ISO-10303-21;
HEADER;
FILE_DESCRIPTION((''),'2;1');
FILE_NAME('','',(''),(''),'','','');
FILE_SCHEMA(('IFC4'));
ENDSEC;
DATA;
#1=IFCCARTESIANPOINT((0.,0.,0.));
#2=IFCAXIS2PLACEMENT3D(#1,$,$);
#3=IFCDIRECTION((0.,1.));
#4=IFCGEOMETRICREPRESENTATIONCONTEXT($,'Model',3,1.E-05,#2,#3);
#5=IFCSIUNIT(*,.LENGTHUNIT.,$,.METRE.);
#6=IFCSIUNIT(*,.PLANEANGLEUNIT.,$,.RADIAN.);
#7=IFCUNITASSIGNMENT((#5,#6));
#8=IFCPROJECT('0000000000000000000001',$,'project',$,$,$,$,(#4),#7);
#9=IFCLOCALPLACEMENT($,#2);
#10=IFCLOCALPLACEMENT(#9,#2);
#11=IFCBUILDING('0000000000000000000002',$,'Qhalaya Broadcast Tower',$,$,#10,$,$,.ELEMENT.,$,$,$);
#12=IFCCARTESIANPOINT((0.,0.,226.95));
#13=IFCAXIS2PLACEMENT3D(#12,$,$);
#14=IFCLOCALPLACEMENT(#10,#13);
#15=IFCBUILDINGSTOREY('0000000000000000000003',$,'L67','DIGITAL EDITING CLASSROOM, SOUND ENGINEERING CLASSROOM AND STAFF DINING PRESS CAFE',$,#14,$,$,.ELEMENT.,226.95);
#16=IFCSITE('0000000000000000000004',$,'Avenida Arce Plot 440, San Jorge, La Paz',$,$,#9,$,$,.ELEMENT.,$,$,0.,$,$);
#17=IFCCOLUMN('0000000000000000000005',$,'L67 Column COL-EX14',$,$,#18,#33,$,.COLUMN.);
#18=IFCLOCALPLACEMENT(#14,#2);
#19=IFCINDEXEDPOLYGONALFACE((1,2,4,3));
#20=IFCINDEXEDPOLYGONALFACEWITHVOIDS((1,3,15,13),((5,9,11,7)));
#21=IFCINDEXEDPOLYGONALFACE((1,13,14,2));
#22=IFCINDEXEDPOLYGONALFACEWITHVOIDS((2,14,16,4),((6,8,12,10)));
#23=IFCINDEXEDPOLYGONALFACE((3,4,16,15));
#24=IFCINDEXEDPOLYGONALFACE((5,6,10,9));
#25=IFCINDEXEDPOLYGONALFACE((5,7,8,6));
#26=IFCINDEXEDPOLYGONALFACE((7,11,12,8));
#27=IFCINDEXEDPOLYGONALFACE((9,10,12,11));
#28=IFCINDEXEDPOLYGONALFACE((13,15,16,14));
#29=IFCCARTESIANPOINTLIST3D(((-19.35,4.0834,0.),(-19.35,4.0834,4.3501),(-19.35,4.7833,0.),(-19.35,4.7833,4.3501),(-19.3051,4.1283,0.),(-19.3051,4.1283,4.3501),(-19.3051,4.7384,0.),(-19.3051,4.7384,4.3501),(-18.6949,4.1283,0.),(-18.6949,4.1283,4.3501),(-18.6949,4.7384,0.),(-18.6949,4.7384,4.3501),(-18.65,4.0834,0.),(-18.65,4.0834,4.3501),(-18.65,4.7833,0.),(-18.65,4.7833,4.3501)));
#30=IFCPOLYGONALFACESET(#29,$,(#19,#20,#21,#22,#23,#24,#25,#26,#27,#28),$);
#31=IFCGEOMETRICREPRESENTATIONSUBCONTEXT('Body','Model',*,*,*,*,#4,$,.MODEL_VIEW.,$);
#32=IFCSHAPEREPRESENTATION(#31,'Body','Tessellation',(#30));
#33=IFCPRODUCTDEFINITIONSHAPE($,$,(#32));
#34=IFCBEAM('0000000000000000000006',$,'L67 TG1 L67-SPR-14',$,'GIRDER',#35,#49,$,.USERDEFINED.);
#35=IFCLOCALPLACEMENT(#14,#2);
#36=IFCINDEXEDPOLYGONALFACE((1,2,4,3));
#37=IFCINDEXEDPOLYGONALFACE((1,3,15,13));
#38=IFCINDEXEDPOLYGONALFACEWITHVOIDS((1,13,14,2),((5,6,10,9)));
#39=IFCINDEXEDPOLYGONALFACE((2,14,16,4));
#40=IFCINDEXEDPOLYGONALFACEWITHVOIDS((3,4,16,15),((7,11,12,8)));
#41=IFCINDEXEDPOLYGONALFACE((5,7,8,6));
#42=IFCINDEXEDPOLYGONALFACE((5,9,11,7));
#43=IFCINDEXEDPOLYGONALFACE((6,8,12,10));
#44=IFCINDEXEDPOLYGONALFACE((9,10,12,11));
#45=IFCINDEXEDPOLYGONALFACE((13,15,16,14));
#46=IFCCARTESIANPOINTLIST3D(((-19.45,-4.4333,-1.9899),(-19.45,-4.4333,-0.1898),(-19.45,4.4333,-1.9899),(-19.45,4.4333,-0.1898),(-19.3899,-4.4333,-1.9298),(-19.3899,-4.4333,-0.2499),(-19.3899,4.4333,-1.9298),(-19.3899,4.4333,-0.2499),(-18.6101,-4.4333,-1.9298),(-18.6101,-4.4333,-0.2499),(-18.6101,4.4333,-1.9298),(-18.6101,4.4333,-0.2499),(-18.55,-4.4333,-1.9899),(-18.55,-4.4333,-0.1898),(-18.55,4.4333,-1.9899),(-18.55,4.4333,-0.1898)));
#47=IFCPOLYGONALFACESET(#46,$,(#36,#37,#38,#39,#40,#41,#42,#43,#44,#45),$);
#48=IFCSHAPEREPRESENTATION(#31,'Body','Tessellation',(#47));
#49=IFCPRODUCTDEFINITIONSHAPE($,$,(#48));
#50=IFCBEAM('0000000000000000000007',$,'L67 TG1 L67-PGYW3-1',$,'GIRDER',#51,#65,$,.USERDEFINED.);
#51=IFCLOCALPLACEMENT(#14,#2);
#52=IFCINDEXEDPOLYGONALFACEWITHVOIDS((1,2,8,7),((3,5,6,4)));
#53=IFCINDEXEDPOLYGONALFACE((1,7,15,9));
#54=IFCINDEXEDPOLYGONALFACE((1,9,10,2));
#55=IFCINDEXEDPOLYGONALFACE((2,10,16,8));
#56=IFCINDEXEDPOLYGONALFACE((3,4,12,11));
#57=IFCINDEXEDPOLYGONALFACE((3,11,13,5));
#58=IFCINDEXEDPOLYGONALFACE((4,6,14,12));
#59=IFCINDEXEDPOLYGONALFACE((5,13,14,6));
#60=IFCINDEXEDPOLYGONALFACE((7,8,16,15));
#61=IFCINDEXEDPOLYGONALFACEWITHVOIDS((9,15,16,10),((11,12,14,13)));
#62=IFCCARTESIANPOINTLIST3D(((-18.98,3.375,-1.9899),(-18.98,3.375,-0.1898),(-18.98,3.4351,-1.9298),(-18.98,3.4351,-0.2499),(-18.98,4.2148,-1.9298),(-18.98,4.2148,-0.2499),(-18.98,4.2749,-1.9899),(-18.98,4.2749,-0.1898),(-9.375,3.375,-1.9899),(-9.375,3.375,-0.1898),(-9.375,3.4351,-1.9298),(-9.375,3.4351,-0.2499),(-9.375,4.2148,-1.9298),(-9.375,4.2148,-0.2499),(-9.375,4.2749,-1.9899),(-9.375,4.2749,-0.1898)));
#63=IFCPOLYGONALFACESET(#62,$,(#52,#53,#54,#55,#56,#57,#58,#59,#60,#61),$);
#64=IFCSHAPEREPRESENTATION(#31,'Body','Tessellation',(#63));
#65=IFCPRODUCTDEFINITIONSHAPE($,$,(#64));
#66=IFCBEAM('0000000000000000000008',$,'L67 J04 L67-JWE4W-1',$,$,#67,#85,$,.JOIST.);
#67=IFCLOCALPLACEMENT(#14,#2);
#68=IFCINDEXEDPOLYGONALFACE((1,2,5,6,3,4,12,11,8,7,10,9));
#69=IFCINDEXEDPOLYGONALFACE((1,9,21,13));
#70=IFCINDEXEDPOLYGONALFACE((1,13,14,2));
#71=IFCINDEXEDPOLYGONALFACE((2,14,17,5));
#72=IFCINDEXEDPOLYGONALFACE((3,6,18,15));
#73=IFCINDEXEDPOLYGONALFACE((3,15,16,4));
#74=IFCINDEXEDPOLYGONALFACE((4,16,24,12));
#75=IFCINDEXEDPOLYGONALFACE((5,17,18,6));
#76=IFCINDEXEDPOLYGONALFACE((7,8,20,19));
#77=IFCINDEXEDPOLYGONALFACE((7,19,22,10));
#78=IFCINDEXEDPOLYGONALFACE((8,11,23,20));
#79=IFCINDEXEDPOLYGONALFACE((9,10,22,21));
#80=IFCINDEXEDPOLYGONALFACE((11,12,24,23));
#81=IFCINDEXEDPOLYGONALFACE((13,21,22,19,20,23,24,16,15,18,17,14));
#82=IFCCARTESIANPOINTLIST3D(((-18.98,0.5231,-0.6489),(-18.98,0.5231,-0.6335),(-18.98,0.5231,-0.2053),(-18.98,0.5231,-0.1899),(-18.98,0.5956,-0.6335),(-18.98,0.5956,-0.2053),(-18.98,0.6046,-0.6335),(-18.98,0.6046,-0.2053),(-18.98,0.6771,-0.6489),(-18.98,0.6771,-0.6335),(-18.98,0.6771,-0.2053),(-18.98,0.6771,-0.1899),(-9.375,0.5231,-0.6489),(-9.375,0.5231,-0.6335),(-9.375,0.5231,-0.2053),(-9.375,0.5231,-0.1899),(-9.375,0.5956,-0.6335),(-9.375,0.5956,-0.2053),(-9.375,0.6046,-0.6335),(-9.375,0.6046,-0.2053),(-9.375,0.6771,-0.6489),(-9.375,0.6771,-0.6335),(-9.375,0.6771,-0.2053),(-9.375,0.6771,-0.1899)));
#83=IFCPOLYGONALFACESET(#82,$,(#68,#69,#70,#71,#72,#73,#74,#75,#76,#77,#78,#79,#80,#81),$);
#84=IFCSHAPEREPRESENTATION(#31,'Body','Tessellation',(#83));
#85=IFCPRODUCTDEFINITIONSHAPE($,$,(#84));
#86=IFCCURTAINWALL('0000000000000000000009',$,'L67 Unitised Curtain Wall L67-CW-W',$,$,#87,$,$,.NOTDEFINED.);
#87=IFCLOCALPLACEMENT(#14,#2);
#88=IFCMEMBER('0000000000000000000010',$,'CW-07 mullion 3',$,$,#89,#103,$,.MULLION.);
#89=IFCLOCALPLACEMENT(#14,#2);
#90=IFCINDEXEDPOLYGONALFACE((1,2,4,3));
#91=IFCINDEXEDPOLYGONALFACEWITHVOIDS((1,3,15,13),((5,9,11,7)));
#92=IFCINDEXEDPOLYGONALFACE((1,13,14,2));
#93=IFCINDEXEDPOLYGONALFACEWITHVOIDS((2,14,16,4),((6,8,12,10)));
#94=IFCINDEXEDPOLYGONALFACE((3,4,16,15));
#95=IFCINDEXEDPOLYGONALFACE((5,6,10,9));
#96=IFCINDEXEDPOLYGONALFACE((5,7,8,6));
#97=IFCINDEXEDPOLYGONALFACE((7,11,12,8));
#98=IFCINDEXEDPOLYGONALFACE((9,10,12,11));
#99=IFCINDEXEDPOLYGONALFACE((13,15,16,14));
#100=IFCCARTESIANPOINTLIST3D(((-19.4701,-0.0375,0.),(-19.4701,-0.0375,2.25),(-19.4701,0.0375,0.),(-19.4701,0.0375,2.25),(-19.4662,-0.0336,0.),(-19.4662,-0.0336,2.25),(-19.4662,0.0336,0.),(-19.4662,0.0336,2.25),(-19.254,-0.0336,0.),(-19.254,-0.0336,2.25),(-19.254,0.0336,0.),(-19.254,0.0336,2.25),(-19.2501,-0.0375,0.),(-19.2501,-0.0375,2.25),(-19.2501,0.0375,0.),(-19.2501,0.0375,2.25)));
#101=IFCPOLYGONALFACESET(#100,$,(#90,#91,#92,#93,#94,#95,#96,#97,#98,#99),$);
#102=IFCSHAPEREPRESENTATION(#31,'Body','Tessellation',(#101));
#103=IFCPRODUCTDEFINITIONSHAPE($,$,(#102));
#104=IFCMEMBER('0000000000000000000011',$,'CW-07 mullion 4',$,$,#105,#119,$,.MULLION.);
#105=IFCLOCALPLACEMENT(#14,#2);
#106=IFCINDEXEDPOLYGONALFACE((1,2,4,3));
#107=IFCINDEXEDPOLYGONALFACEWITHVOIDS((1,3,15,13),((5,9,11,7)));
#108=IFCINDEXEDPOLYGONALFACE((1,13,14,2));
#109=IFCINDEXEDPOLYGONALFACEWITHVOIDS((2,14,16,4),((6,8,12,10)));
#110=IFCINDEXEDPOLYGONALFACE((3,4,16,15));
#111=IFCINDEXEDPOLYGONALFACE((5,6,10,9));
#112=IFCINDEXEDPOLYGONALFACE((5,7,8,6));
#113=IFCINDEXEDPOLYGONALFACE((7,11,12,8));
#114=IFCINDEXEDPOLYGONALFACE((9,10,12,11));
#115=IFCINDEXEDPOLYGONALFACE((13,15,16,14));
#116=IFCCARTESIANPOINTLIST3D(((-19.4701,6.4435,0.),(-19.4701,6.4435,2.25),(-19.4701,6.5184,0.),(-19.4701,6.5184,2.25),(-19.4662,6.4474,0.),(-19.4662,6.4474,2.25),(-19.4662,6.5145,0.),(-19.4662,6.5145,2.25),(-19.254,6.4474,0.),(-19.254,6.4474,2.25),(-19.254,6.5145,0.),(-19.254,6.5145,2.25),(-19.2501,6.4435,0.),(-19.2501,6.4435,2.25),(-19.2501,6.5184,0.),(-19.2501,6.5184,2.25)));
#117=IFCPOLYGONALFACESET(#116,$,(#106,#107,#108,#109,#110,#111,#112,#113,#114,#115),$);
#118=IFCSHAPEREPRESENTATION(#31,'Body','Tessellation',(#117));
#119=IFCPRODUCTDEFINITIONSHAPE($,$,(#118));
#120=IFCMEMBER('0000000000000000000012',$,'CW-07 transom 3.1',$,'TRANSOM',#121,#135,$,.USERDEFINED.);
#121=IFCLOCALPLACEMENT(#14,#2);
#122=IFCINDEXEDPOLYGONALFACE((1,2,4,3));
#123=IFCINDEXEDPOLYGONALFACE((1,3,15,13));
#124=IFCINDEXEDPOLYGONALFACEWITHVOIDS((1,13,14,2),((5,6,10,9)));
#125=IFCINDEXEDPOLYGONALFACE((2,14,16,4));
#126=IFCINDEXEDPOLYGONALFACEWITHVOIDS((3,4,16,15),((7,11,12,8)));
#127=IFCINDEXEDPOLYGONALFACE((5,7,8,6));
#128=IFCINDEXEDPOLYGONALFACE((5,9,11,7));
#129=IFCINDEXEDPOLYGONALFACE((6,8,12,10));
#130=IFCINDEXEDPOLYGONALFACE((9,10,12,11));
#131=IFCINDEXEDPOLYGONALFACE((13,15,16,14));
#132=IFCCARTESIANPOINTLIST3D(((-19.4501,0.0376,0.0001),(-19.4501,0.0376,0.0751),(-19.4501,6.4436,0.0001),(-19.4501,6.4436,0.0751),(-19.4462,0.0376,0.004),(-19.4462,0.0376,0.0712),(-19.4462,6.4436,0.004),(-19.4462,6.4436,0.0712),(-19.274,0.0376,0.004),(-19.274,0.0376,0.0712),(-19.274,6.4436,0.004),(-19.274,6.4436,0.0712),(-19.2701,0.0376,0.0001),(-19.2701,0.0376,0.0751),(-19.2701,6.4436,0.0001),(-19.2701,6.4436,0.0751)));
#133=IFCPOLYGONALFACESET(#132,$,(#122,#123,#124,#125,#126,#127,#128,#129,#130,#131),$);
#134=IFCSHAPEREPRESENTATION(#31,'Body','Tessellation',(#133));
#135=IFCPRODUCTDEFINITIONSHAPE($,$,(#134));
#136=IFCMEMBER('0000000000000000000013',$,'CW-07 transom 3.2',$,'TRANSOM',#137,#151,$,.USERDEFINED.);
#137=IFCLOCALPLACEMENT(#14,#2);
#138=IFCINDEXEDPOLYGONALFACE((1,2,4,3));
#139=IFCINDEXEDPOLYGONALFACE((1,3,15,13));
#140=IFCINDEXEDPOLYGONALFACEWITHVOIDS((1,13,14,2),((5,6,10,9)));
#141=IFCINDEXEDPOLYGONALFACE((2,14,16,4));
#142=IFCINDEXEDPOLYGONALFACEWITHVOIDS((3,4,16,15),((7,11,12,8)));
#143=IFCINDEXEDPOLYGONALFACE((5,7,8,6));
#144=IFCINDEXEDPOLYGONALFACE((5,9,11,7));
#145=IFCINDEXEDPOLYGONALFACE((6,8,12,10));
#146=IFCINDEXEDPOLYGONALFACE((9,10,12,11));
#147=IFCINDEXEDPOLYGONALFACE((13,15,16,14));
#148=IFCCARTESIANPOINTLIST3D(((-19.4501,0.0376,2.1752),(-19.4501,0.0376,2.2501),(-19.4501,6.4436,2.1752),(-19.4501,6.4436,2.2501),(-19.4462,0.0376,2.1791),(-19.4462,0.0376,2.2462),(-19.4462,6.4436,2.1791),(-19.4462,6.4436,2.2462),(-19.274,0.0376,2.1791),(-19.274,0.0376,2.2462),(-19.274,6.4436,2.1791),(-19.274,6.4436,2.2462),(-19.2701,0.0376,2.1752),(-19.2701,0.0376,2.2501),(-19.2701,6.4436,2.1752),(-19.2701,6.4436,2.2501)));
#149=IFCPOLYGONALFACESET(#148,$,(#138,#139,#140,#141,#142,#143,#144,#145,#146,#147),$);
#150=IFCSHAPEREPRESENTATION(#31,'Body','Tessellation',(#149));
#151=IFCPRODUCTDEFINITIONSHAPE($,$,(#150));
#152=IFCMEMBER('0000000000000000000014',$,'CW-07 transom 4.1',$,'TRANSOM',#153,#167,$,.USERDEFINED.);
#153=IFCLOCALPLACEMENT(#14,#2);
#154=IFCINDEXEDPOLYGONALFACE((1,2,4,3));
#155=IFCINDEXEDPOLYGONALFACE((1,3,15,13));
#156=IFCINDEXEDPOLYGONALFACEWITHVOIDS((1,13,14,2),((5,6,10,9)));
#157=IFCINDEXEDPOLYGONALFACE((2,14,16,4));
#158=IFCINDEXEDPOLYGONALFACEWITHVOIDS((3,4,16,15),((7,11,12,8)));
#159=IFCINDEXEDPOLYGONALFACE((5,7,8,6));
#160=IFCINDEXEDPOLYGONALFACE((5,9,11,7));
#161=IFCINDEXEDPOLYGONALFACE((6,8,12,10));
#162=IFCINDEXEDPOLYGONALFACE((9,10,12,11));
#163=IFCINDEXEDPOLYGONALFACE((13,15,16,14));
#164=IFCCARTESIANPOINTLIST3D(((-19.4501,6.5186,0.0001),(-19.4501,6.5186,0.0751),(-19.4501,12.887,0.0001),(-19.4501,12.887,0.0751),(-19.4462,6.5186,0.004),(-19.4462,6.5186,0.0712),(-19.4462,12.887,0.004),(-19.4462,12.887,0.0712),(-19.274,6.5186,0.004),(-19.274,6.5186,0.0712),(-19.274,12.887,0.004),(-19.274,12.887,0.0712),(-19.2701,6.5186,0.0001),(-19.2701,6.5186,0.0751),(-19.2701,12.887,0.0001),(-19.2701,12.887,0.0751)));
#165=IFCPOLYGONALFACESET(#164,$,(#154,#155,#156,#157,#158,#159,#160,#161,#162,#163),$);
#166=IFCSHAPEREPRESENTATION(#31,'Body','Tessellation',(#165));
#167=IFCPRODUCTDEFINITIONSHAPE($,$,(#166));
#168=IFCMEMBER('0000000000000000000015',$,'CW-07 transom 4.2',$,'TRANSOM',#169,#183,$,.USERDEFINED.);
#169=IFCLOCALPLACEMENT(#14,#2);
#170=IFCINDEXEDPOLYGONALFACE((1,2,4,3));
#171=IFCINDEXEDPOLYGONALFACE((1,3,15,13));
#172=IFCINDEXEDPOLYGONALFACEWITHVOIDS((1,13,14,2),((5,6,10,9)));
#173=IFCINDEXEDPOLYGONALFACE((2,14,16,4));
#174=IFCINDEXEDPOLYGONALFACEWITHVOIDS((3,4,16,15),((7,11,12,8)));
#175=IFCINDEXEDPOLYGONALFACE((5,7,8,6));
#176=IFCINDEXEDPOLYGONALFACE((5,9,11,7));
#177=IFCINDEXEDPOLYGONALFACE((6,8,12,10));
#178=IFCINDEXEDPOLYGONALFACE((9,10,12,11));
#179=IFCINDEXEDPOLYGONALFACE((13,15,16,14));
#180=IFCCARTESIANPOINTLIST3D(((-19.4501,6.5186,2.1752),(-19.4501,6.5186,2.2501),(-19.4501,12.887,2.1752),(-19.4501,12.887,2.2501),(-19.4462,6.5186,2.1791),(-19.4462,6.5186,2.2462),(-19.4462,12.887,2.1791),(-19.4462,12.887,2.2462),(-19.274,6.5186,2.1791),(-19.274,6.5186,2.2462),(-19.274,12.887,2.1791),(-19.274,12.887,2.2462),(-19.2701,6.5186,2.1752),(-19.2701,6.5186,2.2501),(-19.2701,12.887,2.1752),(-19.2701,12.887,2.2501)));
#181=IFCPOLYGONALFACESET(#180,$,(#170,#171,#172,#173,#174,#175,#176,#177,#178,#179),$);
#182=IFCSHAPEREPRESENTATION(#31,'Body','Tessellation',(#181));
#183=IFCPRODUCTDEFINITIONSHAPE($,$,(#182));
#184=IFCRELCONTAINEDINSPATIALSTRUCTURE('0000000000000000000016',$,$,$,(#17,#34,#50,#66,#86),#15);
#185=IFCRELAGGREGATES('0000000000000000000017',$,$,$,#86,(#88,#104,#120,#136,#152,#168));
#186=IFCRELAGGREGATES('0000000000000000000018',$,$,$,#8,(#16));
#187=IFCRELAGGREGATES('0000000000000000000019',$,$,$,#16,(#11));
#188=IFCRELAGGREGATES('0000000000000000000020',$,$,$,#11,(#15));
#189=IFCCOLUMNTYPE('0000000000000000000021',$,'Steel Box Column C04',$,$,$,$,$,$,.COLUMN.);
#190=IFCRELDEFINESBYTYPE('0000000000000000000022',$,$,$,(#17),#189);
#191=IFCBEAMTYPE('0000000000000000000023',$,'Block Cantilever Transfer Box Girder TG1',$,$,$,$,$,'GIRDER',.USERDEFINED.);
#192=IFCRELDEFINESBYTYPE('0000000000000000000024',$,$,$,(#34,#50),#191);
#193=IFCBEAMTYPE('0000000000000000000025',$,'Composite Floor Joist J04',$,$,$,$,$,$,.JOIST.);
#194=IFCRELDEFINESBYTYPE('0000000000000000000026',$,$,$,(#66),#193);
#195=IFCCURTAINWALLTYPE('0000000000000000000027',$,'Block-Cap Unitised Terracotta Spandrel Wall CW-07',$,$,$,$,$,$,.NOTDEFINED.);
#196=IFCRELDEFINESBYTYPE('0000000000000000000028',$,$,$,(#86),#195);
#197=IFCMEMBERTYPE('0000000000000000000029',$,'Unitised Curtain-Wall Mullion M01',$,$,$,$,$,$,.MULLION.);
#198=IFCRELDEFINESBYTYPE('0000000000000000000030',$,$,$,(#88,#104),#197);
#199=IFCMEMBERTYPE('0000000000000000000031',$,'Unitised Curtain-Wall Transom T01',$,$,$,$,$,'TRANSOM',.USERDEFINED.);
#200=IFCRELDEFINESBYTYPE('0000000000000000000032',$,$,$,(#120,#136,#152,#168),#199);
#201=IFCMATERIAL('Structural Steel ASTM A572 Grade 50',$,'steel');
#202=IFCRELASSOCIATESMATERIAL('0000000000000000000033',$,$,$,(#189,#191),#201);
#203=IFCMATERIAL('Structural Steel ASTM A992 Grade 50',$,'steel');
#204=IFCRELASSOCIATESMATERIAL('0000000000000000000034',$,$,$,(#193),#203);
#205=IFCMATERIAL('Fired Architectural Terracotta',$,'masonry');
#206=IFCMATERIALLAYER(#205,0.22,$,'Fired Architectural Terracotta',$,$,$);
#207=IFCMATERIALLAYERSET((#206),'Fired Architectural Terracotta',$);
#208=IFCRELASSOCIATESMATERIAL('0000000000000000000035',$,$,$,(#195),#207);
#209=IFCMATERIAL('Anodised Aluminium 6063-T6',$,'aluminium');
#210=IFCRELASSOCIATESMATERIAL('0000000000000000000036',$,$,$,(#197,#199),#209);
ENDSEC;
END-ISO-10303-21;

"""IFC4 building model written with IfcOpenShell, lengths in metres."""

from ifc_helpers import new_model, si_unit, direction, frame, origin, origin_2d, place, context, subcontext, project, spatial, hollow_rectangle, i_section, extrude, material, layer, layer_set, material_profile, profile_set, type_object, element, aggregate, save


model = new_model("IFC4")

# Units and contexts
model_context = context("Model", 3, precision=1e-05, world=origin(), true_north=direction((0.0, 1.0)))
body_context = subcontext(model_context, "Body", "Model", "MODEL_VIEW")
ifc_project = project(units=[si_unit("LENGTHUNIT", "METRE"), si_unit("PLANEANGLEUNIT", "RADIAN")], contexts=[model_context])

# Site, building, storey
site_placement = place(None, origin())
site = spatial("IfcSite", under=ifc_project, at=site_placement, Name="Avenida Arce Plot 440, San Jorge, La Paz", CompositionType="ELEMENT", RefElevation=0.0)
building_placement = place(site_placement, origin())
building = spatial("IfcBuilding", under=site, at=building_placement, Name="Qhalaya Broadcast Tower", CompositionType="ELEMENT")
storey_placement = place(building_placement, frame((0.0, 0.0, 226.95)))
storey = spatial("IfcBuildingStorey", under=building, at=storey_placement, Name="L67", Description="DIGITAL EDITING CLASSROOM, SOUND ENGINEERING CLASSROOM AND STAFF DINING PRESS CAFE", CompositionType="ELEMENT", Elevation=226.95)

# Column
ifc_material_1 = material(Name="Structural Steel ASTM A572 Grade 50", Category="steel")
ifc_material_profile_1 = material_profile(ifc_material_1, hollow_rectangle(XDim=0.7, YDim=0.7, WallThickness=0.0449, at=origin_2d()), Name="BOX 700x700x45")
ifc_profile_set_1 = profile_set([ifc_material_profile_1], Name="Structural Steel ASTM A572 Grade 50")
column_type = type_object("IfcColumnType", Name="Steel Box Column C04", PredefinedType="COLUMN", material=ifc_profile_set_1)
column_placement = place(storey_placement, frame((-19.0, 4.4333, 0.0), z_axis=(0.0, 0.0, 1.0), x_axis=(0.0, 1.0, 0.0)))
element("IfcColumn", 1, at=column_placement, inside=storey, type_object=column_type, Name="L67 Column COL-EX14", PredefinedType="COLUMN", context=body_context, shape_type="SweptSolid", body=[
    extrude(hollow_rectangle(XDim=0.7, YDim=0.7, WallThickness=0.0449, at=origin_2d()), origin(), (0.0, 0.0, 1.0), 4.3501),
])

# Beams
ifc_material_profile_2 = material_profile(ifc_material_1, hollow_rectangle(XDim=0.8999, YDim=1.8, WallThickness=0.0601, at=origin_2d()), Name="BOX 900x1800x60")
ifc_profile_set_2 = profile_set([ifc_material_profile_2], Name="Structural Steel ASTM A572 Grade 50")
beam_type_1 = type_object("IfcBeamType", Name="Block Cantilever Transfer Box Girder TG1", ElementType="GIRDER", PredefinedType="USERDEFINED", material=ifc_profile_set_2)
beam_1_placement = place(storey_placement, frame((-19.0, 4.4333, -1.0898), z_axis=(0.0, -1.0, 0.0), x_axis=(1.0, 0.0, 0.0)))
element("IfcBeam", 2, at=beam_1_placement, inside=storey, type_object=beam_type_1, Name="L67 TG1 L67-SPR-14", ObjectType="GIRDER", PredefinedType="USERDEFINED", context=body_context, shape_type="SweptSolid", body=[
    extrude(hollow_rectangle(XDim=0.8999, YDim=1.8, WallThickness=0.0601, at=origin_2d()), origin(), (0.0, 0.0, 1.0), 8.8667),
])
beam_2_placement = place(storey_placement, frame((-18.98, 3.825, -1.0898), z_axis=(1.0, 0.0, 0.0), x_axis=(0.0, 1.0, 0.0)))
element("IfcBeam", 3, at=beam_2_placement, inside=storey, type_object=beam_type_1, Name="L67 TG1 L67-PGYW3-1", ObjectType="GIRDER", PredefinedType="USERDEFINED", context=body_context, shape_type="SweptSolid", body=[
    extrude(hollow_rectangle(XDim=0.8999, YDim=1.8, WallThickness=0.0601, at=origin_2d()), origin(), (0.0, 0.0, 1.0), 9.605),
])
ifc_material_2 = material(Name="Structural Steel ASTM A992 Grade 50", Category="steel")
ifc_material_profile_3 = material_profile(ifc_material_2, i_section(OverallWidth=0.1541, OverallDepth=0.459, WebThickness=0.009, FlangeThickness=0.0154, at=origin_2d()), Name="W18X46")
ifc_profile_set_3 = profile_set([ifc_material_profile_3], Name="Structural Steel ASTM A992 Grade 50")
beam_type_2 = type_object("IfcBeamType", Name="Composite Floor Joist J04", PredefinedType="JOIST", material=ifc_profile_set_3)
beam_3_placement = place(storey_placement, frame((-18.98, 0.6001, -0.4194), z_axis=(1.0, 0.0, 0.0), x_axis=(0.0, 1.0, 0.0)))
element("IfcBeam", 4, at=beam_3_placement, inside=storey, type_object=beam_type_2, Name="L67 J04 L67-JWE4W-1", PredefinedType="JOIST", context=body_context, shape_type="SweptSolid", body=[
    extrude(i_section(OverallWidth=0.1541, OverallDepth=0.459, WebThickness=0.009, FlangeThickness=0.0154, at=origin_2d()), origin(), (0.0, 0.0, 1.0), 9.605),
])

# Curtain wall, members
ifc_material_3 = material(Name="Fired Architectural Terracotta", Category="masonry")
ifc_layer_1 = layer(ifc_material_3, 0.22, Name="Fired Architectural Terracotta")
ifc_layer_set_1 = layer_set([ifc_layer_1], Name="Fired Architectural Terracotta")
curtain_wall_type = type_object("IfcCurtainWallType", Name="Block-Cap Unitised Terracotta Spandrel Wall CW-07", PredefinedType="NOTDEFINED", material=ifc_layer_set_1)
curtain_wall_placement = place(storey_placement, origin())
curtain_wall = element("IfcCurtainWall", 5, at=curtain_wall_placement, inside=storey, type_object=curtain_wall_type, Name="L67 Unitised Curtain Wall L67-CW-W", PredefinedType="NOTDEFINED")
ifc_material_4 = material(Name="Anodised Aluminium 6063-T6", Category="aluminium")
ifc_material_profile_4 = material_profile(ifc_material_4, hollow_rectangle(XDim=0.075, YDim=0.22, WallThickness=0.0039, at=origin_2d()), Name="ALU-MUL 75x220x4")
ifc_profile_set_4 = profile_set([ifc_material_profile_4], Name="Anodised Aluminium 6063-T6")
member_type_1 = type_object("IfcMemberType", Name="Unitised Curtain-Wall Mullion M01", PredefinedType="MULLION", material=ifc_profile_set_4)
member_1_placement = place(storey_placement, frame((-19.3601, 0.0, 0.0), z_axis=(0.0, 0.0, 1.0), x_axis=(0.0, 1.0, 0.0)))
member_1 = element("IfcMember", 6, at=member_1_placement, type_object=member_type_1, Name="CW-07 mullion 3", PredefinedType="MULLION", context=body_context, shape_type="SweptSolid", body=[
    extrude(hollow_rectangle(XDim=0.075, YDim=0.22, WallThickness=0.0039, at=origin_2d()), origin(), (0.0, 0.0, 1.0), 2.25),
])
member_2_placement = place(storey_placement, frame((-19.3601, 6.481, 0.0), z_axis=(0.0, 0.0, 1.0), x_axis=(0.0, 1.0, 0.0)))
member_2 = element("IfcMember", 7, at=member_2_placement, type_object=member_type_1, Name="CW-07 mullion 4", PredefinedType="MULLION", context=body_context, shape_type="SweptSolid", body=[
    extrude(hollow_rectangle(XDim=0.075, YDim=0.22, WallThickness=0.0039, at=origin_2d()), origin(), (0.0, 0.0, 1.0), 2.25),
])
ifc_material_profile_5 = material_profile(ifc_material_4, hollow_rectangle(XDim=0.075, YDim=0.1799, WallThickness=0.0039, at=origin_2d()), Name="ALU-TRN 75x180x4")
ifc_profile_set_5 = profile_set([ifc_material_profile_5], Name="Anodised Aluminium 6063-T6")
member_type_2 = type_object("IfcMemberType", Name="Unitised Curtain-Wall Transom T01", ElementType="TRANSOM", PredefinedType="USERDEFINED", material=ifc_profile_set_5)
member_3_placement = place(storey_placement, frame((-19.3601, 0.0376, 0.0376), z_axis=(0.0, 1.0, 0.0), x_axis=(0.0, 0.0, 1.0)))
member_3 = element("IfcMember", 8, at=member_3_placement, type_object=member_type_2, Name="CW-07 transom 3.1", ObjectType="TRANSOM", PredefinedType="USERDEFINED", context=body_context, shape_type="SweptSolid", body=[
    extrude(hollow_rectangle(XDim=0.075, YDim=0.1799, WallThickness=0.0039, at=origin_2d()), origin(), (0.0, 0.0, 1.0), 6.406),
])
member_4_placement = place(storey_placement, frame((-19.3601, 0.0376, 2.2126), z_axis=(0.0, 1.0, 0.0), x_axis=(0.0, 0.0, 1.0)))
member_4 = element("IfcMember", 9, at=member_4_placement, type_object=member_type_2, Name="CW-07 transom 3.2", ObjectType="TRANSOM", PredefinedType="USERDEFINED", context=body_context, shape_type="SweptSolid", body=[
    extrude(hollow_rectangle(XDim=0.075, YDim=0.1799, WallThickness=0.0039, at=origin_2d()), origin(), (0.0, 0.0, 1.0), 6.406),
])
member_5_placement = place(storey_placement, frame((-19.3601, 6.5186, 0.0376), z_axis=(0.0, 1.0, 0.0), x_axis=(0.0, 0.0, 1.0)))
member_5 = element("IfcMember", 10, at=member_5_placement, type_object=member_type_2, Name="CW-07 transom 4.1", ObjectType="TRANSOM", PredefinedType="USERDEFINED", context=body_context, shape_type="SweptSolid", body=[
    extrude(hollow_rectangle(XDim=0.075, YDim=0.1799, WallThickness=0.0039, at=origin_2d()), origin(), (0.0, 0.0, 1.0), 6.3684),
])
member_6_placement = place(storey_placement, frame((-19.3601, 6.5186, 2.2126), z_axis=(0.0, 1.0, 0.0), x_axis=(0.0, 0.0, 1.0)))
member_6 = element("IfcMember", 11, at=member_6_placement, type_object=member_type_2, Name="CW-07 transom 4.2", ObjectType="TRANSOM", PredefinedType="USERDEFINED", context=body_context, shape_type="SweptSolid", body=[
    extrude(hollow_rectangle(XDim=0.075, YDim=0.1799, WallThickness=0.0039, at=origin_2d()), origin(), (0.0, 0.0, 1.0), 6.3684),
])

aggregate(curtain_wall, [member_1, member_2, member_3, member_4, member_5, member_6])

save(model, "model.ifc")
